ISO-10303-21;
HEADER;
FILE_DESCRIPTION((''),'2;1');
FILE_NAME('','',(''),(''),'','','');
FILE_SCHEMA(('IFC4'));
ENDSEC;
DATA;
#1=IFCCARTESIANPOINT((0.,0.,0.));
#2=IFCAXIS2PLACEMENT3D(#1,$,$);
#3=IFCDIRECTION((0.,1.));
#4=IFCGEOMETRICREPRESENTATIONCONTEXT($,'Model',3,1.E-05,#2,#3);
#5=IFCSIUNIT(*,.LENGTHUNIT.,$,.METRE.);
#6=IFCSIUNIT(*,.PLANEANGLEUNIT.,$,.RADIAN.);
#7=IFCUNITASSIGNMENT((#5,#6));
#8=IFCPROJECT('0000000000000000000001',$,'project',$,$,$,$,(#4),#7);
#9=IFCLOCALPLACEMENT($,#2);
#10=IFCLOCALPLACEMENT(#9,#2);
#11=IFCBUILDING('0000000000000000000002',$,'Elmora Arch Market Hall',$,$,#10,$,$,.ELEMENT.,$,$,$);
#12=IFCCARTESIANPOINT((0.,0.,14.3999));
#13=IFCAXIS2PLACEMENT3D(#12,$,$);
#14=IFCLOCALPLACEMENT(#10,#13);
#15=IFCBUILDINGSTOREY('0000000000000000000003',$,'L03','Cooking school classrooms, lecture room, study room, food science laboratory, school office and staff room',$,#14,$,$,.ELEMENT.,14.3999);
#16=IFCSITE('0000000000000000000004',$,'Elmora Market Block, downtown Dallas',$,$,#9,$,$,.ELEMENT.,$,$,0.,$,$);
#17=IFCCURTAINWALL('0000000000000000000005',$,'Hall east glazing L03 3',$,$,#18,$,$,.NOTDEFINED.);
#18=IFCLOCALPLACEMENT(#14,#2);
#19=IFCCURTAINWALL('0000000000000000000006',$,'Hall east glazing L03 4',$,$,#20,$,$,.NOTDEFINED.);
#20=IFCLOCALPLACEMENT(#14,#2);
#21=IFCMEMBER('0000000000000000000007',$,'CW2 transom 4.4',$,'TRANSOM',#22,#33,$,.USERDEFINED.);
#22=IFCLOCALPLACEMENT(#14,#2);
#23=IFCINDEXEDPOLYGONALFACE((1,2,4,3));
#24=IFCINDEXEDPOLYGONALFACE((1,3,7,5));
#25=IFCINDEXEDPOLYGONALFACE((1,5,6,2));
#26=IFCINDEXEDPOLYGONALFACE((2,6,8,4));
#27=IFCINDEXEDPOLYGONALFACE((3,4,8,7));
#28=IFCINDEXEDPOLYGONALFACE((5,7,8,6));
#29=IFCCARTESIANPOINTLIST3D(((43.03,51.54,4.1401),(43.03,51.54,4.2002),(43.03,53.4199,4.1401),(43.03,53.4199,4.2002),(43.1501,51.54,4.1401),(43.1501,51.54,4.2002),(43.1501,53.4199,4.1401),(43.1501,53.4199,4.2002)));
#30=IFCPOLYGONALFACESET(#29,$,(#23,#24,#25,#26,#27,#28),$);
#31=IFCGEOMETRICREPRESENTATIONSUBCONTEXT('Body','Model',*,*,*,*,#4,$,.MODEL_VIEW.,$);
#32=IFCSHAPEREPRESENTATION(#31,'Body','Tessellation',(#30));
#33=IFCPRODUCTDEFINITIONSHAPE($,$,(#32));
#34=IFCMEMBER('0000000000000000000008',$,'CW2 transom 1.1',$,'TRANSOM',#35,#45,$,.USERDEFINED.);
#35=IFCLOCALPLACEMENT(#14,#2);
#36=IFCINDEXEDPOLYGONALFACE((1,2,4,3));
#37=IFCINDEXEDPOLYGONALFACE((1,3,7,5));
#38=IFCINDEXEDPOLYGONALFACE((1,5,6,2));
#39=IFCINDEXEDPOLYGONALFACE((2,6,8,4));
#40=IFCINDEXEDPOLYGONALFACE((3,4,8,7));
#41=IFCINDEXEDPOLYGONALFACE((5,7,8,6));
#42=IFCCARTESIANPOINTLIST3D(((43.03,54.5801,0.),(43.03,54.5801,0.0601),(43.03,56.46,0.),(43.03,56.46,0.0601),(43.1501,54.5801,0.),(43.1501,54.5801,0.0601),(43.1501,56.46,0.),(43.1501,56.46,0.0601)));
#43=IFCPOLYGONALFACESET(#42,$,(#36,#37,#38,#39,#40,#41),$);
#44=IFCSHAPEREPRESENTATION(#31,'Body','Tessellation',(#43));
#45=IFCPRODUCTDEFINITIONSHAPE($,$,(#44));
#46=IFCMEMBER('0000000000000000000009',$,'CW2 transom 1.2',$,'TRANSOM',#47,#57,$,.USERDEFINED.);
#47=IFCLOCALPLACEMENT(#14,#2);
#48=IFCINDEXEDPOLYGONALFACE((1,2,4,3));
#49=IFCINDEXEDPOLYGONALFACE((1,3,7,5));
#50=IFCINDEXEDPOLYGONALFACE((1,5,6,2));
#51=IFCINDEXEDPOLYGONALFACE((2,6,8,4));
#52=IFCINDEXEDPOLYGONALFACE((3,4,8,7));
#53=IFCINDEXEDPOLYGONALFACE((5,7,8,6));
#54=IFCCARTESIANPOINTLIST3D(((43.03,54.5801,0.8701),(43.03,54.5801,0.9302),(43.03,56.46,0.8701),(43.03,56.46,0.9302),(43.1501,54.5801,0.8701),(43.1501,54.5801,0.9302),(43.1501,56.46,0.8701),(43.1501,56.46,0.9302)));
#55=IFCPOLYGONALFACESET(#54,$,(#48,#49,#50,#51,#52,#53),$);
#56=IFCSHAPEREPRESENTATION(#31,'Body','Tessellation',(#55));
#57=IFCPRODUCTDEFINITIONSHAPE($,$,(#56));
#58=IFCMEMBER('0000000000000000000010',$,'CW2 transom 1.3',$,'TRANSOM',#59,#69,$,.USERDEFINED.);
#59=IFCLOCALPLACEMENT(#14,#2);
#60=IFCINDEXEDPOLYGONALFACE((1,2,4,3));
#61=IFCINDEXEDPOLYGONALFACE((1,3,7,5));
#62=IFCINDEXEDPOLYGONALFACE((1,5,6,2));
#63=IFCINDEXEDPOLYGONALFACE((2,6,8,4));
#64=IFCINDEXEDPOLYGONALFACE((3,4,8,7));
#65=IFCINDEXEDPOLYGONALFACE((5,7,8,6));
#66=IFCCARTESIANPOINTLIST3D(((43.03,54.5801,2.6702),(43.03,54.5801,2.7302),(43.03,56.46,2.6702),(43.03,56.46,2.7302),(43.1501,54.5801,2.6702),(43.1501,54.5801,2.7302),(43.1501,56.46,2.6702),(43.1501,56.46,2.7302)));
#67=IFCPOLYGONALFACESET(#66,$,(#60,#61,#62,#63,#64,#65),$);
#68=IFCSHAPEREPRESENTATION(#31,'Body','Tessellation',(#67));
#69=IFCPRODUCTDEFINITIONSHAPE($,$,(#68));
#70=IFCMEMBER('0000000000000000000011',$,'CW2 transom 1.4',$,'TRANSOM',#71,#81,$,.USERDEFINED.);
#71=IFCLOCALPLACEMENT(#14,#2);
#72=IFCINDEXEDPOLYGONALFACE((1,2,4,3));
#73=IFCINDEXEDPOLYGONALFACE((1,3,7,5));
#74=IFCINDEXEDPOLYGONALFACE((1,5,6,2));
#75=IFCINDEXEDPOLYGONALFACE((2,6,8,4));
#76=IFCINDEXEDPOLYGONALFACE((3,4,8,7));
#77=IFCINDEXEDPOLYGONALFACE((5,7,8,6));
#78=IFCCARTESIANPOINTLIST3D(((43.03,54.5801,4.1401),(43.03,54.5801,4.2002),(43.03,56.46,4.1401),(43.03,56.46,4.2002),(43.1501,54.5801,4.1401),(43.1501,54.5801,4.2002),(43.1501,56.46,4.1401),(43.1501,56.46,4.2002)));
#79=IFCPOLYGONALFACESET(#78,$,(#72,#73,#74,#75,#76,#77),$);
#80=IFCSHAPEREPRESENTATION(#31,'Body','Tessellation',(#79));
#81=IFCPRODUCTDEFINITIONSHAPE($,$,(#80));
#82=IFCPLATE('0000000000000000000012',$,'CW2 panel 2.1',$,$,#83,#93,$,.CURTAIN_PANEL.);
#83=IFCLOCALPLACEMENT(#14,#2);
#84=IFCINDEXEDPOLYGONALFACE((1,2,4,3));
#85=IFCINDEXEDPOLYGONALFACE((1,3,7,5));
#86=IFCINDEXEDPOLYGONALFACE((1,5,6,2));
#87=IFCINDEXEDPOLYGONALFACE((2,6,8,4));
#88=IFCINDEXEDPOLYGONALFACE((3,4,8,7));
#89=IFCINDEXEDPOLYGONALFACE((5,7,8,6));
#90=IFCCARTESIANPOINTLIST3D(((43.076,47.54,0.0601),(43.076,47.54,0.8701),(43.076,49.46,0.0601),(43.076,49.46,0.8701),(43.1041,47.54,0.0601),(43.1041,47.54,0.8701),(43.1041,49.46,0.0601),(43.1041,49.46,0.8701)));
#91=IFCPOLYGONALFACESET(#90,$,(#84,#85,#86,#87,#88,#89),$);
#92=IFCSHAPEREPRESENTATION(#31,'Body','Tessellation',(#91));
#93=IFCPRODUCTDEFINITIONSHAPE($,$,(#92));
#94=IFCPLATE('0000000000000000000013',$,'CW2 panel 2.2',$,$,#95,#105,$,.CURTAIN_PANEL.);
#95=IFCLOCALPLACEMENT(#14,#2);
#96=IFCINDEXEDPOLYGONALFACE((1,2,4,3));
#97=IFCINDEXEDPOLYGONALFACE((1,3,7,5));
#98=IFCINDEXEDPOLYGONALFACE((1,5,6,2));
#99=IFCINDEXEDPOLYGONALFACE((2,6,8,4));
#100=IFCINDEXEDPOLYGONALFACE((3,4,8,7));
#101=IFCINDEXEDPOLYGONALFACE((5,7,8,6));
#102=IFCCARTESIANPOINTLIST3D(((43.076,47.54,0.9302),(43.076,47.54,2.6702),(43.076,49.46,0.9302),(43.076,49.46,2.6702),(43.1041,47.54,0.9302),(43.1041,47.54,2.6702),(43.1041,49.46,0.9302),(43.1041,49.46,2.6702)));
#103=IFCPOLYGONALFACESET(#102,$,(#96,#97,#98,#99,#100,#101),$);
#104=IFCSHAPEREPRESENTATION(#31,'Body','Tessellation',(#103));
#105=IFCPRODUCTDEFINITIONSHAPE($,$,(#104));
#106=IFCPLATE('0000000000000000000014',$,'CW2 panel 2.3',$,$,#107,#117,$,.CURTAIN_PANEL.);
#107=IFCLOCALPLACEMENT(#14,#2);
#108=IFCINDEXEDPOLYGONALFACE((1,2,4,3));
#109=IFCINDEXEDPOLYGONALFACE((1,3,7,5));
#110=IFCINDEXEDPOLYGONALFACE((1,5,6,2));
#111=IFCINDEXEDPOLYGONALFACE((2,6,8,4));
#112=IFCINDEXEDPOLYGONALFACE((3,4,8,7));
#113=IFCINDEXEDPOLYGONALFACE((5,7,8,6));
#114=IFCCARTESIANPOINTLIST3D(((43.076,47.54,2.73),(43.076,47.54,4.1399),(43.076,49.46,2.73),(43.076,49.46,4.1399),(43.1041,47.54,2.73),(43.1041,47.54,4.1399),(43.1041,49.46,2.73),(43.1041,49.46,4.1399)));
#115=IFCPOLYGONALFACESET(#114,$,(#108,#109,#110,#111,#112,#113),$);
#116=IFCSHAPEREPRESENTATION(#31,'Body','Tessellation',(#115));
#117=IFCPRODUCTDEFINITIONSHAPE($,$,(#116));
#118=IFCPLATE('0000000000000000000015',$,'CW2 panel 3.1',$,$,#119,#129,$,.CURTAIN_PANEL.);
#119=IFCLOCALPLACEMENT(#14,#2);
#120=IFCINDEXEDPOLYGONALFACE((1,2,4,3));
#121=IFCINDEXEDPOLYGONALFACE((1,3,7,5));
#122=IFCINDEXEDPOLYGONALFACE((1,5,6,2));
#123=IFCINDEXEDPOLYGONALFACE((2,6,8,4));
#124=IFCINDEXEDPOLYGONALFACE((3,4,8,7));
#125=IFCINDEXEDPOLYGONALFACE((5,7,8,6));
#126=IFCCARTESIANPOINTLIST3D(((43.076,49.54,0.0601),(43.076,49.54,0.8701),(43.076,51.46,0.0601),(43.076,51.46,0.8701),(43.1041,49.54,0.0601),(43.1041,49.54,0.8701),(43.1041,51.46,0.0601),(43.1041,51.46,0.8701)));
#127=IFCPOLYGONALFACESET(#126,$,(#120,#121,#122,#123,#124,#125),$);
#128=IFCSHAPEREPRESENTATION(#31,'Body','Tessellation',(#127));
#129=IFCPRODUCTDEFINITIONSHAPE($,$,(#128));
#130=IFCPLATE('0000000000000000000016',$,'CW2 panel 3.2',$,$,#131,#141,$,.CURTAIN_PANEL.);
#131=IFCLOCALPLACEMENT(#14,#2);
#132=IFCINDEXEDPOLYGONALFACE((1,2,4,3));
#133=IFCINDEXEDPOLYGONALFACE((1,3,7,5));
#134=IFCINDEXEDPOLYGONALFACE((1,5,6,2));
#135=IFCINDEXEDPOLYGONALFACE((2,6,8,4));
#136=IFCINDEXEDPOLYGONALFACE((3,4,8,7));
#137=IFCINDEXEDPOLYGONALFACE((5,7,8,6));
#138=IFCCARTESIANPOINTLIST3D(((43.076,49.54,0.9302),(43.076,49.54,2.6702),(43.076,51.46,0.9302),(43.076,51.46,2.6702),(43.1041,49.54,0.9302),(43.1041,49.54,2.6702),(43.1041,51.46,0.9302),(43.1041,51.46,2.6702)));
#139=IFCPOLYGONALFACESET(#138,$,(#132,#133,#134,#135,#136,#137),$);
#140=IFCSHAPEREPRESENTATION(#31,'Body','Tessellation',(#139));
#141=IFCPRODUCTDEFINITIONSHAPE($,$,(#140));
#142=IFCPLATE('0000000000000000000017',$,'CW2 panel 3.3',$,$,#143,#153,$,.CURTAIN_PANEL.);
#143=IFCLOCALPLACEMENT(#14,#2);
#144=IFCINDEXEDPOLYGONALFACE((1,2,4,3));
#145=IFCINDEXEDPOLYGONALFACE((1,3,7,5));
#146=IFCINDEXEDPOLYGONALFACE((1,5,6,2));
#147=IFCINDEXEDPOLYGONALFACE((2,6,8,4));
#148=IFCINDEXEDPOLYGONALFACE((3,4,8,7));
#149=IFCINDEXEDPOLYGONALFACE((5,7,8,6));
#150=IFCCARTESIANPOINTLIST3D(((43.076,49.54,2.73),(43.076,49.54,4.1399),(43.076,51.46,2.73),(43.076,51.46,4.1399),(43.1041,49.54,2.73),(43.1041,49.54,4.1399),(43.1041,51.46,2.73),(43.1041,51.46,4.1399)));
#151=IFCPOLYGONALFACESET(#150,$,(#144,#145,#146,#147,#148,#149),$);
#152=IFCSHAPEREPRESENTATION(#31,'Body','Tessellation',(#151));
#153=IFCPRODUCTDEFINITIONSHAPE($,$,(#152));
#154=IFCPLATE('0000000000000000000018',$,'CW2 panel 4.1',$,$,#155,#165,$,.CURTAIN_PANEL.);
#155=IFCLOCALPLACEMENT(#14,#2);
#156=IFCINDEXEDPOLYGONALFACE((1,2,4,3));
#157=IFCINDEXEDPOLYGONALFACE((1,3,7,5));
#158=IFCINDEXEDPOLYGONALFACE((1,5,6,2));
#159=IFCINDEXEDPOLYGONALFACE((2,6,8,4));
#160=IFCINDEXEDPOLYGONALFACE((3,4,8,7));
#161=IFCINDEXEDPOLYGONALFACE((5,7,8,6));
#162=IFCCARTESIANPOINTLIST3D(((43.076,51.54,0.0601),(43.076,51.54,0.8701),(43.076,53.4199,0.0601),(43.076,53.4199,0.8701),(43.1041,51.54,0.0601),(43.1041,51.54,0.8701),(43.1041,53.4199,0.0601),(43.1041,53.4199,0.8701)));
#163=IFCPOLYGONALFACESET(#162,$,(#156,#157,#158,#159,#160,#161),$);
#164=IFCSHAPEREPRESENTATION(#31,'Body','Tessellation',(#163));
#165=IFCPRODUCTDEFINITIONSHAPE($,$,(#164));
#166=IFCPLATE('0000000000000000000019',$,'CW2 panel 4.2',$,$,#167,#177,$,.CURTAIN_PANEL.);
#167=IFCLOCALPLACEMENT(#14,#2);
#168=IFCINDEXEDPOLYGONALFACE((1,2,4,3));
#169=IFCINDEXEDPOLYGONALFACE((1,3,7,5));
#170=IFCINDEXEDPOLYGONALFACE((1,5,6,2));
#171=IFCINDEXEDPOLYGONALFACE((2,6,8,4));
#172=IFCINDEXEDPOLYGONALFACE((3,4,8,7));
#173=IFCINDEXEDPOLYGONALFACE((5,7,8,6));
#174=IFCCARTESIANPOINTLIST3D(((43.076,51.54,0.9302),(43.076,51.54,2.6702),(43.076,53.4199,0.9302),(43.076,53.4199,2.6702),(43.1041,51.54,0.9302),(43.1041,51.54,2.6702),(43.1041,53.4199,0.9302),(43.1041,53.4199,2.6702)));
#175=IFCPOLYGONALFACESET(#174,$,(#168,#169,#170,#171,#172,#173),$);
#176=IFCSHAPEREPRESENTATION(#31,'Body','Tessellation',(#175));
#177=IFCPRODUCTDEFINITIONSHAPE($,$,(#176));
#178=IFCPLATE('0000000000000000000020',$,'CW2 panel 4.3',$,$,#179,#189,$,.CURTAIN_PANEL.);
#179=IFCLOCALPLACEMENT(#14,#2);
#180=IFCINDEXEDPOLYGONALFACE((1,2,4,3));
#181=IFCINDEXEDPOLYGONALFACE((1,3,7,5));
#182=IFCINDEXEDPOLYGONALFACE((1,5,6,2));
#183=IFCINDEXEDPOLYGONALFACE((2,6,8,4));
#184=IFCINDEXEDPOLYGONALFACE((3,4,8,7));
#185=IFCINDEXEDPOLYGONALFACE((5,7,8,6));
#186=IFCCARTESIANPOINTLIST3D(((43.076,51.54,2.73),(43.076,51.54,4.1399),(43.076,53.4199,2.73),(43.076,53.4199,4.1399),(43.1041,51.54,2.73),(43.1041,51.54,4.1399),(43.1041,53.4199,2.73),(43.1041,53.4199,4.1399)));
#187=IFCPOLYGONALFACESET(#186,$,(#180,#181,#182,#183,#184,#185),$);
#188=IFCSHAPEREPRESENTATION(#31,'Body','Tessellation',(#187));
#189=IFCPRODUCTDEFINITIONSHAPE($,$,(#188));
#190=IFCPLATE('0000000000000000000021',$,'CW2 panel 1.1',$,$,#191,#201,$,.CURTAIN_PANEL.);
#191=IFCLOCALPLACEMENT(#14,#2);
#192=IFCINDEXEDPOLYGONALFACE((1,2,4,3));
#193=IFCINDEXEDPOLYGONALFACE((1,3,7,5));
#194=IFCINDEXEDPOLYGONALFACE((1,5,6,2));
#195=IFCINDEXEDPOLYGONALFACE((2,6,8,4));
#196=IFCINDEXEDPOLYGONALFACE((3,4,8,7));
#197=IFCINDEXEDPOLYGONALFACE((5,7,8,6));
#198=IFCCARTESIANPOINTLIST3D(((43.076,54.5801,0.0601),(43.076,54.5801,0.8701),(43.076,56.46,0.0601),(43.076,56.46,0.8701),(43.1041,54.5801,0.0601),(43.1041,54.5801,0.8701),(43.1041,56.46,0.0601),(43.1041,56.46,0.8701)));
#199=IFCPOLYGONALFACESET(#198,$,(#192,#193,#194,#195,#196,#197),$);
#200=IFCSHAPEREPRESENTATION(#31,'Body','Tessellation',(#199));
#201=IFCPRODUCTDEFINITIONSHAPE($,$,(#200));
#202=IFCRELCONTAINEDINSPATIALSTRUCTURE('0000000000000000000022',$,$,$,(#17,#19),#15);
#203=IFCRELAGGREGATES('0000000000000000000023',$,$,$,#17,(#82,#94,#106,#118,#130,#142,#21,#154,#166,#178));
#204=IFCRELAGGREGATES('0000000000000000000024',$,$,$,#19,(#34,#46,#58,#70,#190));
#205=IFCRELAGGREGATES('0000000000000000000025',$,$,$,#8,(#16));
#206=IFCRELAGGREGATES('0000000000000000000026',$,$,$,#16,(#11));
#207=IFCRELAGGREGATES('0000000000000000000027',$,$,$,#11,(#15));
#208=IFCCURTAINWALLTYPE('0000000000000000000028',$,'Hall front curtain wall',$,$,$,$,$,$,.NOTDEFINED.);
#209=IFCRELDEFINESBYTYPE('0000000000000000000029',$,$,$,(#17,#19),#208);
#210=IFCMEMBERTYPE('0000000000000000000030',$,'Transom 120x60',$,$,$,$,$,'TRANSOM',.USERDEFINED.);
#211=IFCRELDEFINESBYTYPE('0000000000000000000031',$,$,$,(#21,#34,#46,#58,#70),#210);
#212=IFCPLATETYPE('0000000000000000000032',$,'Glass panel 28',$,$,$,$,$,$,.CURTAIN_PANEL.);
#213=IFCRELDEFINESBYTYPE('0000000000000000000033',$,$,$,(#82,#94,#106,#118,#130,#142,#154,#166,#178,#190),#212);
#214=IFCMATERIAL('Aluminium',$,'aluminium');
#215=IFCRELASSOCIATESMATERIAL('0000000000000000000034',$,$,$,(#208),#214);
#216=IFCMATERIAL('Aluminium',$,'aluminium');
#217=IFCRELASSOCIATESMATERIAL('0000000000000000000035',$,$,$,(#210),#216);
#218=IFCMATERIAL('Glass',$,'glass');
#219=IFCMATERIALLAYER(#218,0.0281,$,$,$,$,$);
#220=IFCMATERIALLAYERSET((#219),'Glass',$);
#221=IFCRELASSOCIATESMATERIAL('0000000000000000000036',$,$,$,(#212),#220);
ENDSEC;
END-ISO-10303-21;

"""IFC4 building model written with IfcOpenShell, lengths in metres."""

from ifc_helpers import new_model, si_unit, direction, frame, origin, origin_2d, place, context, subcontext, project, spatial, rectangle, extrude, material, layer, layer_set, material_profile, profile_set, type_object, element, aggregate, save


model = new_model("IFC4")

# Units and contexts
model_context = context("Model", 3, precision=1e-05, world=origin(), true_north=direction((0.0, 1.0)))
body_context = subcontext(model_context, "Body", "Model", "MODEL_VIEW")
ifc_project = project(units=[si_unit("LENGTHUNIT", "METRE"), si_unit("PLANEANGLEUNIT", "RADIAN")], contexts=[model_context])

# Site, building, storey
site_placement = place(None, origin())
site = spatial("IfcSite", under=ifc_project, at=site_placement, Name="Elmora Market Block, downtown Dallas", CompositionType="ELEMENT", RefElevation=0.0)
building_placement = place(site_placement, origin())
building = spatial("IfcBuilding", under=site, at=building_placement, Name="Elmora Arch Market Hall", CompositionType="ELEMENT")
storey_placement = place(building_placement, frame((0.0, 0.0, 14.3999)))
storey = spatial("IfcBuildingStorey", under=building, at=storey_placement, Name="L03", Description="Cooking school classrooms, lecture room, study room, food science laboratory, school office and staff room", CompositionType="ELEMENT", Elevation=14.3999)

# Curtain walls
ifc_material_1 = material(Name="Aluminium", Category="aluminium")
curtain_wall_type = type_object("IfcCurtainWallType", Name="Hall front curtain wall", PredefinedType="NOTDEFINED", material=ifc_material_1)
curtain_wall_1_placement = place(storey_placement, origin())
curtain_wall_1 = element("IfcCurtainWall", 1, at=curtain_wall_1_placement, inside=storey, type_object=curtain_wall_type, Name="Hall east glazing L03 3", PredefinedType="NOTDEFINED")
curtain_wall_2_placement = place(storey_placement, origin())
curtain_wall_2 = element("IfcCurtainWall", 2, at=curtain_wall_2_placement, inside=storey, type_object=curtain_wall_type, Name="Hall east glazing L03 4", PredefinedType="NOTDEFINED")

# Members
ifc_material_2 = material(Name="Aluminium", Category="aluminium")
ifc_material_profile_1 = material_profile(ifc_material_2, rectangle(XDim=0.1201, YDim=0.0601, at=origin_2d()), Name="AL 120x60")
ifc_profile_set_1 = profile_set([ifc_material_profile_1], Name="Aluminium")
member_type_1 = type_object("IfcMemberType", Name="Transom 120x60", ElementType="TRANSOM", PredefinedType="USERDEFINED", material=ifc_profile_set_1)
member_1_placement = place(storey_placement, frame((43.0901, 51.54, 4.1702), z_axis=(0.0, 1.0, 0.0), x_axis=(-1.0, 0.0, 0.0)))
member_1 = element("IfcMember", 3, at=member_1_placement, type_object=member_type_1, Name="CW2 transom 4.4", ObjectType="TRANSOM", PredefinedType="USERDEFINED", context=body_context, shape_type="SweptSolid", body=[
    extrude(rectangle(XDim=0.1201, YDim=0.0601, at=origin_2d()), origin(), (0.0, 0.0, 1.0), 1.8799),
])
member_2_placement = place(storey_placement, frame((43.0901, 54.5801, 0.03), z_axis=(0.0, 1.0, 0.0), x_axis=(-1.0, 0.0, 0.0)))
member_2 = element("IfcMember", 4, at=member_2_placement, type_object=member_type_1, Name="CW2 transom 1.1", ObjectType="TRANSOM", PredefinedType="USERDEFINED", context=body_context, shape_type="SweptSolid", body=[
    extrude(rectangle(XDim=0.1201, YDim=0.0601, at=origin_2d()), origin(), (0.0, 0.0, 1.0), 1.8799),
])
member_3_placement = place(storey_placement, frame((43.0901, 54.5801, 0.9001), z_axis=(0.0, 1.0, 0.0), x_axis=(-1.0, 0.0, 0.0)))
member_3 = element("IfcMember", 5, at=member_3_placement, type_object=member_type_1, Name="CW2 transom 1.2", ObjectType="TRANSOM", PredefinedType="USERDEFINED", context=body_context, shape_type="SweptSolid", body=[
    extrude(rectangle(XDim=0.1201, YDim=0.0601, at=origin_2d()), origin(), (0.0, 0.0, 1.0), 1.8799),
])
member_4_placement = place(storey_placement, frame((43.0901, 54.5801, 2.7002), z_axis=(0.0, 1.0, 0.0), x_axis=(-1.0, 0.0, 0.0)))
member_4 = element("IfcMember", 6, at=member_4_placement, type_object=member_type_1, Name="CW2 transom 1.3", ObjectType="TRANSOM", PredefinedType="USERDEFINED", context=body_context, shape_type="SweptSolid", body=[
    extrude(rectangle(XDim=0.1201, YDim=0.0601, at=origin_2d()), origin(), (0.0, 0.0, 1.0), 1.8799),
])
member_5_placement = place(storey_placement, frame((43.0901, 54.5801, 4.1702), z_axis=(0.0, 1.0, 0.0), x_axis=(-1.0, 0.0, 0.0)))
member_5 = element("IfcMember", 7, at=member_5_placement, type_object=member_type_1, Name="CW2 transom 1.4", ObjectType="TRANSOM", PredefinedType="USERDEFINED", context=body_context, shape_type="SweptSolid", body=[
    extrude(rectangle(XDim=0.1201, YDim=0.0601, at=origin_2d()), origin(), (0.0, 0.0, 1.0), 1.8799),
])

# Plates
ifc_material_3 = material(Name="Glass", Category="glass")
ifc_layer_1 = layer(ifc_material_3, 0.0281)
ifc_layer_set_1 = layer_set([ifc_layer_1], Name="Glass")
plate_type = type_object("IfcPlateType", Name="Glass panel 28", PredefinedType="CURTAIN_PANEL", material=ifc_layer_set_1)
plate_1_placement = place(storey_placement, frame((43.0901, 48.5, 0.0601), z_axis=(0.0, 0.0, 1.0), x_axis=(0.0, 1.0, 0.0)))
plate_1 = element("IfcPlate", 8, at=plate_1_placement, type_object=plate_type, Name="CW2 panel 2.1", PredefinedType="CURTAIN_PANEL", context=body_context, shape_type="SweptSolid", body=[
    extrude(rectangle(XDim=1.9199, YDim=0.0281, at=origin_2d()), origin(), (0.0, 0.0, 1.0), 0.8101),
])
plate_2_placement = place(storey_placement, frame((43.0901, 48.5, 0.9302), z_axis=(0.0, 0.0, 1.0), x_axis=(0.0, 1.0, 0.0)))
plate_2 = element("IfcPlate", 9, at=plate_2_placement, type_object=plate_type, Name="CW2 panel 2.2", PredefinedType="CURTAIN_PANEL", context=body_context, shape_type="SweptSolid", body=[
    extrude(rectangle(XDim=1.9199, YDim=0.0281, at=origin_2d()), origin(), (0.0, 0.0, 1.0), 1.74),
])
plate_3_placement = place(storey_placement, frame((43.0901, 48.5, 2.73), z_axis=(0.0, 0.0, 1.0), x_axis=(0.0, 1.0, 0.0)))
plate_3 = element("IfcPlate", 10, at=plate_3_placement, type_object=plate_type, Name="CW2 panel 2.3", PredefinedType="CURTAIN_PANEL", context=body_context, shape_type="SweptSolid", body=[
    extrude(rectangle(XDim=1.9199, YDim=0.0281, at=origin_2d()), origin(), (0.0, 0.0, 1.0), 1.4099),
])
plate_4_placement = place(storey_placement, frame((43.0901, 50.5, 0.0601), z_axis=(0.0, 0.0, 1.0), x_axis=(0.0, 1.0, 0.0)))
plate_4 = element("IfcPlate", 11, at=plate_4_placement, type_object=plate_type, Name="CW2 panel 3.1", PredefinedType="CURTAIN_PANEL", context=body_context, shape_type="SweptSolid", body=[
    extrude(rectangle(XDim=1.9199, YDim=0.0281, at=origin_2d()), origin(), (0.0, 0.0, 1.0), 0.8101),
])
plate_5_placement = place(storey_placement, frame((43.0901, 50.5, 0.9302), z_axis=(0.0, 0.0, 1.0), x_axis=(0.0, 1.0, 0.0)))
plate_5 = element("IfcPlate", 12, at=plate_5_placement, type_object=plate_type, Name="CW2 panel 3.2", PredefinedType="CURTAIN_PANEL", context=body_context, shape_type="SweptSolid", body=[
    extrude(rectangle(XDim=1.9199, YDim=0.0281, at=origin_2d()), origin(), (0.0, 0.0, 1.0), 1.74),
])
plate_6_placement = place(storey_placement, frame((43.0901, 50.5, 2.73), z_axis=(0.0, 0.0, 1.0), x_axis=(0.0, 1.0, 0.0)))
plate_6 = element("IfcPlate", 13, at=plate_6_placement, type_object=plate_type, Name="CW2 panel 3.3", PredefinedType="CURTAIN_PANEL", context=body_context, shape_type="SweptSolid", body=[
    extrude(rectangle(XDim=1.9199, YDim=0.0281, at=origin_2d()), origin(), (0.0, 0.0, 1.0), 1.4099),
])
plate_7_placement = place(storey_placement, frame((43.0901, 52.48, 0.0601), z_axis=(0.0, 0.0, 1.0), x_axis=(0.0, 1.0, 0.0)))
plate_7 = element("IfcPlate", 14, at=plate_7_placement, type_object=plate_type, Name="CW2 panel 4.1", PredefinedType="CURTAIN_PANEL", context=body_context, shape_type="SweptSolid", body=[
    extrude(rectangle(XDim=1.8799, YDim=0.0281, at=origin_2d()), origin(), (0.0, 0.0, 1.0), 0.8101),
])
plate_8_placement = place(storey_placement, frame((43.0901, 52.48, 0.9302), z_axis=(0.0, 0.0, 1.0), x_axis=(0.0, 1.0, 0.0)))
plate_8 = element("IfcPlate", 15, at=plate_8_placement, type_object=plate_type, Name="CW2 panel 4.2", PredefinedType="CURTAIN_PANEL", context=body_context, shape_type="SweptSolid", body=[
    extrude(rectangle(XDim=1.8799, YDim=0.0281, at=origin_2d()), origin(), (0.0, 0.0, 1.0), 1.74),
])
plate_9_placement = place(storey_placement, frame((43.0901, 52.48, 2.73), z_axis=(0.0, 0.0, 1.0), x_axis=(0.0, 1.0, 0.0)))
plate_9 = element("IfcPlate", 16, at=plate_9_placement, type_object=plate_type, Name="CW2 panel 4.3", PredefinedType="CURTAIN_PANEL", context=body_context, shape_type="SweptSolid", body=[
    extrude(rectangle(XDim=1.8799, YDim=0.0281, at=origin_2d()), origin(), (0.0, 0.0, 1.0), 1.4099),
])
aggregate(curtain_wall_1, [plate_1, plate_2, plate_3, plate_4, plate_5, plate_6, member_1, plate_7, plate_8, plate_9])
plate_10_placement = place(storey_placement, frame((43.0901, 55.52, 0.0601), z_axis=(0.0, 0.0, 1.0), x_axis=(0.0, 1.0, 0.0)))
plate_10 = element("IfcPlate", 17, at=plate_10_placement, type_object=plate_type, Name="CW2 panel 1.1", PredefinedType="CURTAIN_PANEL", context=body_context, shape_type="SweptSolid", body=[
    extrude(rectangle(XDim=1.8799, YDim=0.0281, at=origin_2d()), origin(), (0.0, 0.0, 1.0), 0.8101),
])
aggregate(curtain_wall_2, [member_2, member_3, member_4, member_5, plate_10])

save(model, "model.ifc")
